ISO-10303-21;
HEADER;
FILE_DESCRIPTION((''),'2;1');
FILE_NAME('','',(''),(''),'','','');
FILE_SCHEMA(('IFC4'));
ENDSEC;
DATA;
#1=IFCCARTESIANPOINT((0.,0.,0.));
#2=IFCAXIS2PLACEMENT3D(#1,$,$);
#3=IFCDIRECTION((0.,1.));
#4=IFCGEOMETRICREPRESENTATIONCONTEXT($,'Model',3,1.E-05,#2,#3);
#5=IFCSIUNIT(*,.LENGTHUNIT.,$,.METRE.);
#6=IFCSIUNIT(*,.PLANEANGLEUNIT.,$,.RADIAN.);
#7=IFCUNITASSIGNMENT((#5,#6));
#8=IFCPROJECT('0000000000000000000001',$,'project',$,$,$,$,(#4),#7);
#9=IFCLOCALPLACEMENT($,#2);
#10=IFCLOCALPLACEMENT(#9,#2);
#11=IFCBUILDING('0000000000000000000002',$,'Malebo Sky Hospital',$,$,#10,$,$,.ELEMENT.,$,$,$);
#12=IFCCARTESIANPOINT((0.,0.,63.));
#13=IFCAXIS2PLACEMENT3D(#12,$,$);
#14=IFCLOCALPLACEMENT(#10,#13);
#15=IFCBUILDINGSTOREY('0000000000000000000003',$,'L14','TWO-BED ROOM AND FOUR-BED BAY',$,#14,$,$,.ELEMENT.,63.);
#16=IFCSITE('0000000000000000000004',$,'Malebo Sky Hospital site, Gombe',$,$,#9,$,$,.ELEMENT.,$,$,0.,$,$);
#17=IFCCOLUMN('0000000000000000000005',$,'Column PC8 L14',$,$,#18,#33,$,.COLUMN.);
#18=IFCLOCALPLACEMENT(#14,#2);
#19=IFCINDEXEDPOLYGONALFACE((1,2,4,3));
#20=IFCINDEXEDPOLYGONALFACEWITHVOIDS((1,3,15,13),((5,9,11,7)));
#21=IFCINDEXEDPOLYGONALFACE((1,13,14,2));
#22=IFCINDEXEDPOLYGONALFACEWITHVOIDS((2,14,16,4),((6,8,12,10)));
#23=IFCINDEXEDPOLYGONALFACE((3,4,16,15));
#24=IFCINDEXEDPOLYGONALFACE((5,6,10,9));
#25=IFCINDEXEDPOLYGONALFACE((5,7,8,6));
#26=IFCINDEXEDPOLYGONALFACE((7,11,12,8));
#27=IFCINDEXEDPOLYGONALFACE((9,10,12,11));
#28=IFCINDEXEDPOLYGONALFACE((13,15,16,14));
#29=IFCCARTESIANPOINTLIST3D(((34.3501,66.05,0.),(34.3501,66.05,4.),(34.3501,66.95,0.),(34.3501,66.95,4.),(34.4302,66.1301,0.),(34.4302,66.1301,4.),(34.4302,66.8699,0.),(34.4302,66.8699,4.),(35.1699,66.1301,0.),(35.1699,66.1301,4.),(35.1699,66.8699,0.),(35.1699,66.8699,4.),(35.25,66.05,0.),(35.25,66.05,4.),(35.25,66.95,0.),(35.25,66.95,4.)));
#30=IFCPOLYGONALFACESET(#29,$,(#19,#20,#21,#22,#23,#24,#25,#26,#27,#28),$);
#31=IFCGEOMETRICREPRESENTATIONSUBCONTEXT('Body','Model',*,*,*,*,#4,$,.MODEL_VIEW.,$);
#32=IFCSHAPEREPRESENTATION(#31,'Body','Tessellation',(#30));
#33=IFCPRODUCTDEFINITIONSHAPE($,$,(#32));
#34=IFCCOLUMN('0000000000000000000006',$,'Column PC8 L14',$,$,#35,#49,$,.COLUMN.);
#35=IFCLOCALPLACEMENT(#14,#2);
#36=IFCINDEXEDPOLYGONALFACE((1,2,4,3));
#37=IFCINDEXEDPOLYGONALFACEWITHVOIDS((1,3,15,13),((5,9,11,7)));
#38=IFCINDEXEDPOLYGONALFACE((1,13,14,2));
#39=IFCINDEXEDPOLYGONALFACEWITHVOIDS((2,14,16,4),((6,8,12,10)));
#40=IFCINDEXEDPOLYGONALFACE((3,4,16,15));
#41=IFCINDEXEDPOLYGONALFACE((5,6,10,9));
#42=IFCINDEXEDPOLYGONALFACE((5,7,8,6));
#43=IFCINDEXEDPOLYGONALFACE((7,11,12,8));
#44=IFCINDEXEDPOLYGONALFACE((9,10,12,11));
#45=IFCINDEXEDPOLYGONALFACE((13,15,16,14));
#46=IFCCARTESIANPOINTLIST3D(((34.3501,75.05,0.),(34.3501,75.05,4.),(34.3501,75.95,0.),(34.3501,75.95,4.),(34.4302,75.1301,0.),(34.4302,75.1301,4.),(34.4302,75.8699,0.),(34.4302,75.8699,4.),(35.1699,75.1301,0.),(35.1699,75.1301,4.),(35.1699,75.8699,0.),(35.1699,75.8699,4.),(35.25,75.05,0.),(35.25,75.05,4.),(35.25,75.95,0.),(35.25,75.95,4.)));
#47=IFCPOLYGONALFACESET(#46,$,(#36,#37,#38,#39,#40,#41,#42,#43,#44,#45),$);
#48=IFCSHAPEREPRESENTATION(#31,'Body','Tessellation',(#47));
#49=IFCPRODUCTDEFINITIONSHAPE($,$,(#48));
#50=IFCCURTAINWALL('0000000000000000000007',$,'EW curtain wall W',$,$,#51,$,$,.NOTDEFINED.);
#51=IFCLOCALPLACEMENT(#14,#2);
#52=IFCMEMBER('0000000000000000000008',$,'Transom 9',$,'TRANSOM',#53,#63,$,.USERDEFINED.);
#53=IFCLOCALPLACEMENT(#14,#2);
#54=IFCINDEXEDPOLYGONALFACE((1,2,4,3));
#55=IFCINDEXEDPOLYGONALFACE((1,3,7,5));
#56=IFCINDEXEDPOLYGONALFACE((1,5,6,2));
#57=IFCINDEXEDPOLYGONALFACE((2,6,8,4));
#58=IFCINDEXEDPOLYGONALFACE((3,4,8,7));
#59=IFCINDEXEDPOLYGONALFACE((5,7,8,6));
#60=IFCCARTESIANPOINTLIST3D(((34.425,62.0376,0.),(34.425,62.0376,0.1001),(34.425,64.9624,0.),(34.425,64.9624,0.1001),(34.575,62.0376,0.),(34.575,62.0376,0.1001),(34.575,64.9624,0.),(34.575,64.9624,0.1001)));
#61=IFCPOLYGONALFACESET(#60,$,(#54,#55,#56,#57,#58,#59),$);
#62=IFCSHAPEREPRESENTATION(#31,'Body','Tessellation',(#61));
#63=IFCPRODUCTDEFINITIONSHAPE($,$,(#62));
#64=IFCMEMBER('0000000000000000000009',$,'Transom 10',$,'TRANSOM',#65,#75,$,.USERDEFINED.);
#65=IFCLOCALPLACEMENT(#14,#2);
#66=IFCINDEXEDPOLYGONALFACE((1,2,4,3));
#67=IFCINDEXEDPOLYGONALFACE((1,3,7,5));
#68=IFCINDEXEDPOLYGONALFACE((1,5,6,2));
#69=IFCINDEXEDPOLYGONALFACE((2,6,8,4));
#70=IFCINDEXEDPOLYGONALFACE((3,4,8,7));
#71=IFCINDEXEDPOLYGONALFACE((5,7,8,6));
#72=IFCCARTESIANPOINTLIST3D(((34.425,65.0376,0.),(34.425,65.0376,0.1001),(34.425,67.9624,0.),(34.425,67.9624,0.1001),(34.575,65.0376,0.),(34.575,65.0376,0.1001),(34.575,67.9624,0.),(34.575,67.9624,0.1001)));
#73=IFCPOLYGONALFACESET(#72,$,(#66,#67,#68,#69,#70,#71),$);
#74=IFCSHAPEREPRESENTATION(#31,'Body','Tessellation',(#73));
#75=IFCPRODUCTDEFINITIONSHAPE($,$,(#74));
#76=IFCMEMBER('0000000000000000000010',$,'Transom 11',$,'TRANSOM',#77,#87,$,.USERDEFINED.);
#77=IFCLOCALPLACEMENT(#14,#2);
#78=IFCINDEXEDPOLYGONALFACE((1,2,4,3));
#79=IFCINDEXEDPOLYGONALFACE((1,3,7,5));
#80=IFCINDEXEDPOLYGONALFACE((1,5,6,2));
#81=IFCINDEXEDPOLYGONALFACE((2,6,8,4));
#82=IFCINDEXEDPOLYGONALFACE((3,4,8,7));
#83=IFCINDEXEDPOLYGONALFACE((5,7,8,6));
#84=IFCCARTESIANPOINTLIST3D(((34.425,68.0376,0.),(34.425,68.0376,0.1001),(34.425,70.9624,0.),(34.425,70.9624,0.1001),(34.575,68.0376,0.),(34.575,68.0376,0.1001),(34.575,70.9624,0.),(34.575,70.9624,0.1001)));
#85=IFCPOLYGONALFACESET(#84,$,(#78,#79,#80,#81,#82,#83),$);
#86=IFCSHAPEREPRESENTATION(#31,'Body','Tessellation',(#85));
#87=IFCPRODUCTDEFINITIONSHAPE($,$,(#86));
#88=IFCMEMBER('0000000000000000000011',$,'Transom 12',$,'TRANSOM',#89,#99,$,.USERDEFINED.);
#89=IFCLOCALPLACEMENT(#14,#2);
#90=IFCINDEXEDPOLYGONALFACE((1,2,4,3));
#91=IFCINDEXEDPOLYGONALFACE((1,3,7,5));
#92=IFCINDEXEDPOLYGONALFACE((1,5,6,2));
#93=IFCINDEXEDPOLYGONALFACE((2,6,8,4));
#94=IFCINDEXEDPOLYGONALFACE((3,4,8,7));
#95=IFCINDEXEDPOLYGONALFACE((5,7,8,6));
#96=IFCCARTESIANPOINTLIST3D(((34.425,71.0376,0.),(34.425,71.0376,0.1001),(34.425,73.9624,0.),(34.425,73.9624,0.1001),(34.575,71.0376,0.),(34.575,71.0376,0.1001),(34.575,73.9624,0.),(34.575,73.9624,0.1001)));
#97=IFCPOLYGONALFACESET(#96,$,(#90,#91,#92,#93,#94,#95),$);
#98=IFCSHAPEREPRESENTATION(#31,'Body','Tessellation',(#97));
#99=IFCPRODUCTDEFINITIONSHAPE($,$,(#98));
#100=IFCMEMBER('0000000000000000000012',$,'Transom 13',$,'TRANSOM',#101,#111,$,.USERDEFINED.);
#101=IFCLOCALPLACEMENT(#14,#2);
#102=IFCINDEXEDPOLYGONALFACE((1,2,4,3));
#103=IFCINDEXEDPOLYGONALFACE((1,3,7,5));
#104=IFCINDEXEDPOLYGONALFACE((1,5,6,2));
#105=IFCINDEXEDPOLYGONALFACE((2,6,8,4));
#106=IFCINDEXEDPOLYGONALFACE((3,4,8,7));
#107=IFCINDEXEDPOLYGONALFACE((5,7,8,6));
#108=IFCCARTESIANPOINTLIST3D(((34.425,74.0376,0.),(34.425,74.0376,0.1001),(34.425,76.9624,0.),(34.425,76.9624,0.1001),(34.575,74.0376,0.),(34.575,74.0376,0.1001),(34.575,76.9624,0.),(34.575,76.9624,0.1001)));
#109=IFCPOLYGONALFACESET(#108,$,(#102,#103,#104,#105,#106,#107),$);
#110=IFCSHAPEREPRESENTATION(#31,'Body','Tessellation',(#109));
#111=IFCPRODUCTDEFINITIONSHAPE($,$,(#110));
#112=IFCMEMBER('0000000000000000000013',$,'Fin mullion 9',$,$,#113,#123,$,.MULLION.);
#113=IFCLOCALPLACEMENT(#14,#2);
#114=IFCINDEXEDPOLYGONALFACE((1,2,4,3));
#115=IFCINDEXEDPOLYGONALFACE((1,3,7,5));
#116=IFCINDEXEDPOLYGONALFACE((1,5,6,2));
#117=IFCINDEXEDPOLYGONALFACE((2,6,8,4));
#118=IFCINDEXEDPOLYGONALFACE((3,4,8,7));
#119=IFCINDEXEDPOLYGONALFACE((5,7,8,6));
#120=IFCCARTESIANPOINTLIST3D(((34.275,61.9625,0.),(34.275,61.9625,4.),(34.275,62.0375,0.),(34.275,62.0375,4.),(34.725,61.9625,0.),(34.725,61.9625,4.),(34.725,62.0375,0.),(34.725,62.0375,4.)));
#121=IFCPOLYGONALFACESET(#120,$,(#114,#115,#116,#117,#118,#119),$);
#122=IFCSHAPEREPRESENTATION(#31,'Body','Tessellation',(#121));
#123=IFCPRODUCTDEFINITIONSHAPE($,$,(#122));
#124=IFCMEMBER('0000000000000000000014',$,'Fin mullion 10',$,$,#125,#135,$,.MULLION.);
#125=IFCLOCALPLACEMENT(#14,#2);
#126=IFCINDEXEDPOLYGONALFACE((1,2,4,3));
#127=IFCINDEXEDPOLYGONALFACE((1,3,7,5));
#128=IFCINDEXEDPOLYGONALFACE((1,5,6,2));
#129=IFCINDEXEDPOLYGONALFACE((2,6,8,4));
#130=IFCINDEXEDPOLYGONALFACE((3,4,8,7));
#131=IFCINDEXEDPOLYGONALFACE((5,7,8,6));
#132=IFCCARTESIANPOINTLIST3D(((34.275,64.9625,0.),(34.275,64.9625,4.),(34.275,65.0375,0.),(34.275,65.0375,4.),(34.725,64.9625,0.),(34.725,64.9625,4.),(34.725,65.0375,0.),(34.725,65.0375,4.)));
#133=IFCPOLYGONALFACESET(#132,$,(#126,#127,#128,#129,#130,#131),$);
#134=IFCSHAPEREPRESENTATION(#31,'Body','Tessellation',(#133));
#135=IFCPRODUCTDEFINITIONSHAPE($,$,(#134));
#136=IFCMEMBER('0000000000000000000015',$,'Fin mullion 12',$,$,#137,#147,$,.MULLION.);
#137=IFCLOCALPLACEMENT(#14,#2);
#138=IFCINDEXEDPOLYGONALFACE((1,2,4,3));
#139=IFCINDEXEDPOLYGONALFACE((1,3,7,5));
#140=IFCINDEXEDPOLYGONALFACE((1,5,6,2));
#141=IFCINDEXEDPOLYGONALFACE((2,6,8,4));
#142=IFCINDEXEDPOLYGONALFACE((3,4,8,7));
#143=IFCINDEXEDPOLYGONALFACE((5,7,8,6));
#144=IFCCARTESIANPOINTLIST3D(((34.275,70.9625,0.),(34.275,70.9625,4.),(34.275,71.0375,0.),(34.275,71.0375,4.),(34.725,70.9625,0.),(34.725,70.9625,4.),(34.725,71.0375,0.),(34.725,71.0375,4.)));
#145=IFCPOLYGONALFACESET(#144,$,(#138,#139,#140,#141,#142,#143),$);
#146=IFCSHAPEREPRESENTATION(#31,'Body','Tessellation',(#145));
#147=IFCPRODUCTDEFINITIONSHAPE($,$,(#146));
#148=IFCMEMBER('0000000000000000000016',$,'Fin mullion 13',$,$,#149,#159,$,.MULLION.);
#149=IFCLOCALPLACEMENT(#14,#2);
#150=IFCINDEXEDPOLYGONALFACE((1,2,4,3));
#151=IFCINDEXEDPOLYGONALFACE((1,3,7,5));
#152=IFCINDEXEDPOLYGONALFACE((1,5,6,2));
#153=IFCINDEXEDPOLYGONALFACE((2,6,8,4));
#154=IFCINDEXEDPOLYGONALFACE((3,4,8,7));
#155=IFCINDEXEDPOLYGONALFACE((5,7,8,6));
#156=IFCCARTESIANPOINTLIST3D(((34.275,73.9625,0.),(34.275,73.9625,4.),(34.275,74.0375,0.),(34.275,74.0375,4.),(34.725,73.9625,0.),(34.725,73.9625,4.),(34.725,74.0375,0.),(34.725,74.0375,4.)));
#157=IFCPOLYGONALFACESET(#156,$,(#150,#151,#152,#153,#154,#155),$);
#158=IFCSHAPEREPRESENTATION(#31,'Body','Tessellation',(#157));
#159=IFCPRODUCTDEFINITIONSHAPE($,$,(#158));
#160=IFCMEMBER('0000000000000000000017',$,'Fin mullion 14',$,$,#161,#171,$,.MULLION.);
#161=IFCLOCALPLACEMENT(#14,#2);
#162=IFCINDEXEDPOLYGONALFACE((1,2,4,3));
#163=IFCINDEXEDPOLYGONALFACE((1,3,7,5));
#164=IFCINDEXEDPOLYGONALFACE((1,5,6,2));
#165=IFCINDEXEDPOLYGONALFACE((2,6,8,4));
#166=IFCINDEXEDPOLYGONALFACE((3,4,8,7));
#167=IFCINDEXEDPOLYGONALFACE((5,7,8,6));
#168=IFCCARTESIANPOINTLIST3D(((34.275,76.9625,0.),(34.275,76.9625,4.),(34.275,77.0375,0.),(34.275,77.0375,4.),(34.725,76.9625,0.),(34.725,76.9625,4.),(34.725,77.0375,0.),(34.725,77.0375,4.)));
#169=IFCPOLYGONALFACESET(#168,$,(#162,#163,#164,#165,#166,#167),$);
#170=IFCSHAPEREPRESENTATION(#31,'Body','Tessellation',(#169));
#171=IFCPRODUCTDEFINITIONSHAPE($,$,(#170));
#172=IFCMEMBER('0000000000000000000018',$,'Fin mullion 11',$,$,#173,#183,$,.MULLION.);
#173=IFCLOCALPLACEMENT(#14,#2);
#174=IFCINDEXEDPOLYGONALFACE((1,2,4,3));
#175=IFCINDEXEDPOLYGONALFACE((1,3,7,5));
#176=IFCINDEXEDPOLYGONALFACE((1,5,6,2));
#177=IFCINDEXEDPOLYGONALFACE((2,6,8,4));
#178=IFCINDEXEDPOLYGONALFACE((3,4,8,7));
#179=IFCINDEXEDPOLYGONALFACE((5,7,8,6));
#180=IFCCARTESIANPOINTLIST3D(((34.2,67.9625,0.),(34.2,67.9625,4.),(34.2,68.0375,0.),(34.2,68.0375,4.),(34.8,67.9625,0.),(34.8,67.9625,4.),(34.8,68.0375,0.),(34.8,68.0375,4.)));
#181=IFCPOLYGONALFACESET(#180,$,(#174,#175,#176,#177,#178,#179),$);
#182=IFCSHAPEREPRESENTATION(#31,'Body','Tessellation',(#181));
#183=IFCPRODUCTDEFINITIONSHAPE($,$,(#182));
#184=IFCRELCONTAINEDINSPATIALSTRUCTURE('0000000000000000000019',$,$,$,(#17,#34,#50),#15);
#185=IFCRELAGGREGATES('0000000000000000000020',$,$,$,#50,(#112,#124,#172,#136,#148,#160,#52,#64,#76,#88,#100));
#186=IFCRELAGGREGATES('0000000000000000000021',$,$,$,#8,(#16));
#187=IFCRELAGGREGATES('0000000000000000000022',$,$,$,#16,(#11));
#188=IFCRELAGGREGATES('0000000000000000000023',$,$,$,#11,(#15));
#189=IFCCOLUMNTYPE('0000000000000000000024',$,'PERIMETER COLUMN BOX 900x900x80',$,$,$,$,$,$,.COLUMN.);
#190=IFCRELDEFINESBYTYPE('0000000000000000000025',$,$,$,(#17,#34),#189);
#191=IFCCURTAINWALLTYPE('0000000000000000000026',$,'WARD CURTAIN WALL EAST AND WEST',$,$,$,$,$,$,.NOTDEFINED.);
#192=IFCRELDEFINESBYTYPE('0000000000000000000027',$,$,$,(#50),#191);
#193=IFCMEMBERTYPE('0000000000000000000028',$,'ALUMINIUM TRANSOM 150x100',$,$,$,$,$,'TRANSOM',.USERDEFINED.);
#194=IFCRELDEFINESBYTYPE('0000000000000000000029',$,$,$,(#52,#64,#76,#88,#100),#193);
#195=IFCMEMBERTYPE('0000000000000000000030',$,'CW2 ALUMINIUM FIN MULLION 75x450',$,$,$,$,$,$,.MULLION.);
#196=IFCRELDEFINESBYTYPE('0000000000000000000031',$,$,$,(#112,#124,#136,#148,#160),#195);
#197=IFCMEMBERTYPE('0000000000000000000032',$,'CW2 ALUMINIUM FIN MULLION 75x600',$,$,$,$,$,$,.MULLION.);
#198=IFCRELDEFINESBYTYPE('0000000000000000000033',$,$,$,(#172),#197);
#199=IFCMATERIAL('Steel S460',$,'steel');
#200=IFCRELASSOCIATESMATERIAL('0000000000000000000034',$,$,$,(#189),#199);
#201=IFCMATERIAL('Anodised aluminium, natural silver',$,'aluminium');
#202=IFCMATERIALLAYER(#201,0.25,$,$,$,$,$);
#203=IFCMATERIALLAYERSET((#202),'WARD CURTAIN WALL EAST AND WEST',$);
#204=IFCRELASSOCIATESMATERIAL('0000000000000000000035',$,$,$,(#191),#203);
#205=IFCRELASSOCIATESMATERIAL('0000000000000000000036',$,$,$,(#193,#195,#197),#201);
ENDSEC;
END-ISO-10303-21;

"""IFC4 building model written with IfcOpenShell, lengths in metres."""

from ifc_helpers import new_model, si_unit, direction, frame, origin, origin_2d, place, context, subcontext, project, spatial, rectangle, hollow_rectangle, extrude, material, layer, layer_set, material_profile, profile_set, type_object, element, aggregate, save


model = new_model("IFC4")

# Units and contexts
model_context = context("Model", 3, precision=1e-05, world=origin(), true_north=direction((0.0, 1.0)))
body_context = subcontext(model_context, "Body", "Model", "MODEL_VIEW")
ifc_project = project(units=[si_unit("LENGTHUNIT", "METRE"), si_unit("PLANEANGLEUNIT", "RADIAN")], contexts=[model_context])

# Site, building, storey
site_placement = place(None, origin())
site = spatial("IfcSite", under=ifc_project, at=site_placement, Name="Malebo Sky Hospital site, Gombe", CompositionType="ELEMENT", RefElevation=0.0)
building_placement = place(site_placement, origin())
building = spatial("IfcBuilding", under=site, at=building_placement, Name="Malebo Sky Hospital", CompositionType="ELEMENT")
storey_placement = place(building_placement, frame((0.0, 0.0, 63.0)))
storey = spatial("IfcBuildingStorey", under=building, at=storey_placement, Name="L14", Description="TWO-BED ROOM AND FOUR-BED BAY", CompositionType="ELEMENT", Elevation=63.0)

# Columns
ifc_material_1 = material(Name="Steel S460", Category="steel")
ifc_material_profile_1 = material_profile(ifc_material_1, hollow_rectangle(XDim=0.8999, YDim=0.8999, WallThickness=0.0801, at=origin_2d()), Name="BOX 900x900x80")
ifc_profile_set_1 = profile_set([ifc_material_profile_1], Name="Steel S460")
column_type = type_object("IfcColumnType", Name="PERIMETER COLUMN BOX 900x900x80", PredefinedType="COLUMN", material=ifc_profile_set_1)
for number, where, z_axis, x_axis, name in (
    (1, (34.8, 66.5, 0.0), (0.0, 0.0, 1.0), (1.0, 0.0, 0.0), "Column PC8 L14"),
    (2, (34.8, 75.5, 0.0), (0.0, 0.0, 1.0), (1.0, 0.0, 0.0), "Column PC8 L14"),
):
    element("IfcColumn", number, at=place(storey_placement, frame(where, z_axis=z_axis, x_axis=x_axis)), inside=storey, type_object=column_type, Name=name, PredefinedType="COLUMN", context=body_context, shape_type="SweptSolid", body=[
        extrude(hollow_rectangle(XDim=0.8999, YDim=0.8999, WallThickness=0.0801, at=origin_2d()), origin(), (0.0, 0.0, 1.0), 4.0),
    ])

# Curtain wall, members
ifc_material_2 = material(Name="Anodised aluminium, natural silver", Category="aluminium")
ifc_layer_1 = layer(ifc_material_2, 0.25)
ifc_layer_set_1 = layer_set([ifc_layer_1], Name="WARD CURTAIN WALL EAST AND WEST")
curtain_wall_type = type_object("IfcCurtainWallType", Name="WARD CURTAIN WALL EAST AND WEST", PredefinedType="NOTDEFINED", material=ifc_layer_set_1)
curtain_wall_placement = place(storey_placement, origin())
curtain_wall = element("IfcCurtainWall", 3, at=curtain_wall_placement, inside=storey, type_object=curtain_wall_type, Name="EW curtain wall W", PredefinedType="NOTDEFINED")
ifc_material_profile_2 = material_profile(ifc_material_2, rectangle(XDim=0.1499, YDim=0.1001, at=origin_2d()), Name="ALUMINIUM TRANSOM 150x100")
ifc_profile_set_2 = profile_set([ifc_material_profile_2], Name="Anodised aluminium, natural silver")
member_type_1 = type_object("IfcMemberType", Name="ALUMINIUM TRANSOM 150x100", ElementType="TRANSOM", PredefinedType="USERDEFINED", material=ifc_profile_set_2)
member_1_placement = place(storey_placement, frame((34.5, 62.0376, 0.05), z_axis=(0.0, 1.0, 0.0), x_axis=(-1.0, 0.0, 0.0)))
member_1 = element("IfcMember", 4, at=member_1_placement, type_object=member_type_1, Name="Transom 9", ObjectType="TRANSOM", PredefinedType="USERDEFINED", context=body_context, shape_type="SweptSolid", body=[
    extrude(rectangle(XDim=0.1499, YDim=0.1001, at=origin_2d()), origin(), (0.0, 0.0, 1.0), 2.9248),
])
member_2_placement = place(storey_placement, frame((34.5, 65.0376, 0.05), z_axis=(0.0, 1.0, 0.0), x_axis=(-1.0, 0.0, 0.0)))
member_2 = element("IfcMember", 5, at=member_2_placement, type_object=member_type_1, Name="Transom 10", ObjectType="TRANSOM", PredefinedType="USERDEFINED", context=body_context, shape_type="SweptSolid", body=[
    extrude(rectangle(XDim=0.1499, YDim=0.1001, at=origin_2d()), origin(), (0.0, 0.0, 1.0), 2.9248),
])
member_3_placement = place(storey_placement, frame((34.5, 68.0376, 0.05), z_axis=(0.0, 1.0, 0.0), x_axis=(-1.0, 0.0, 0.0)))
member_3 = element("IfcMember", 6, at=member_3_placement, type_object=member_type_1, Name="Transom 11", ObjectType="TRANSOM", PredefinedType="USERDEFINED", context=body_context, shape_type="SweptSolid", body=[
    extrude(rectangle(XDim=0.1499, YDim=0.1001, at=origin_2d()), origin(), (0.0, 0.0, 1.0), 2.9248),
])
member_4_placement = place(storey_placement, frame((34.5, 71.0376, 0.05), z_axis=(0.0, 1.0, 0.0), x_axis=(-1.0, 0.0, 0.0)))
member_4 = element("IfcMember", 7, at=member_4_placement, type_object=member_type_1, Name="Transom 12", ObjectType="TRANSOM", PredefinedType="USERDEFINED", context=body_context, shape_type="SweptSolid", body=[
    extrude(rectangle(XDim=0.1499, YDim=0.1001, at=origin_2d()), origin(), (0.0, 0.0, 1.0), 2.9248),
])
member_5_placement = place(storey_placement, frame((34.5, 74.0376, 0.05), z_axis=(0.0, 1.0, 0.0), x_axis=(-1.0, 0.0, 0.0)))
member_5 = element("IfcMember", 8, at=member_5_placement, type_object=member_type_1, Name="Transom 13", ObjectType="TRANSOM", PredefinedType="USERDEFINED", context=body_context, shape_type="SweptSolid", body=[
    extrude(rectangle(XDim=0.1499, YDim=0.1001, at=origin_2d()), origin(), (0.0, 0.0, 1.0), 2.9248),
])
ifc_material_profile_3 = material_profile(ifc_material_2, rectangle(XDim=0.075, YDim=0.45, at=origin_2d()), Name="CW2 ALUMINIUM FIN MULLION 75x450")
ifc_profile_set_3 = profile_set([ifc_material_profile_3], Name="Anodised aluminium, natural silver")
member_type_2 = type_object("IfcMemberType", Name="CW2 ALUMINIUM FIN MULLION 75x450", PredefinedType="MULLION", material=ifc_profile_set_3)
member_6_placement = place(storey_placement, frame((34.5, 62.0, 0.0), z_axis=(0.0, 0.0, 1.0), x_axis=(0.0, 1.0, 0.0)))
member_6 = element("IfcMember", 9, at=member_6_placement, type_object=member_type_2, Name="Fin mullion 9", PredefinedType="MULLION", context=body_context, shape_type="SweptSolid", body=[
    extrude(rectangle(XDim=0.075, YDim=0.45, at=origin_2d()), origin(), (0.0, 0.0, 1.0), 4.0),
])
member_7_placement = place(storey_placement, frame((34.5, 65.0, 0.0), z_axis=(0.0, 0.0, 1.0), x_axis=(0.0, 1.0, 0.0)))
member_7 = element("IfcMember", 10, at=member_7_placement, type_object=member_type_2, Name="Fin mullion 10", PredefinedType="MULLION", context=body_context, shape_type="SweptSolid", body=[
    extrude(rectangle(XDim=0.075, YDim=0.45, at=origin_2d()), origin(), (0.0, 0.0, 1.0), 4.0),
])
member_8_placement = place(storey_placement, frame((34.5, 71.0, 0.0), z_axis=(0.0, 0.0, 1.0), x_axis=(0.0, 1.0, 0.0)))
member_8 = element("IfcMember", 11, at=member_8_placement, type_object=member_type_2, Name="Fin mullion 12", PredefinedType="MULLION", context=body_context, shape_type="SweptSolid", body=[
    extrude(rectangle(XDim=0.075, YDim=0.45, at=origin_2d()), origin(), (0.0, 0.0, 1.0), 4.0),
])
member_9_placement = place(storey_placement, frame((34.5, 74.0, 0.0), z_axis=(0.0, 0.0, 1.0), x_axis=(0.0, 1.0, 0.0)))
member_9 = element("IfcMember", 12, at=member_9_placement, type_object=member_type_2, Name="Fin mullion 13", PredefinedType="MULLION", context=body_context, shape_type="SweptSolid", body=[
    extrude(rectangle(XDim=0.075, YDim=0.45, at=origin_2d()), origin(), (0.0, 0.0, 1.0), 4.0),
])
member_10_placement = place(storey_placement, frame((34.5, 77.0, 0.0), z_axis=(0.0, 0.0, 1.0), x_axis=(0.0, 1.0, 0.0)))
member_10 = element("IfcMember", 13, at=member_10_placement, type_object=member_type_2, Name="Fin mullion 14", PredefinedType="MULLION", context=body_context, shape_type="SweptSolid", body=[
    extrude(rectangle(XDim=0.075, YDim=0.45, at=origin_2d()), origin(), (0.0, 0.0, 1.0), 4.0),
])
ifc_material_profile_4 = material_profile(ifc_material_2, rectangle(XDim=0.075, YDim=0.6001, at=origin_2d()), Name="CW2 ALUMINIUM FIN MULLION 75x600")
ifc_profile_set_4 = profile_set([ifc_material_profile_4], Name="Anodised aluminium, natural silver")
member_type_3 = type_object("IfcMemberType", Name="CW2 ALUMINIUM FIN MULLION 75x600", PredefinedType="MULLION", material=ifc_profile_set_4)
member_11_placement = place(storey_placement, frame((34.5, 68.0, 0.0), z_axis=(0.0, 0.0, 1.0), x_axis=(0.0, 1.0, 0.0)))
member_11 = element("IfcMember", 14, at=member_11_placement, type_object=member_type_3, Name="Fin mullion 11", PredefinedType="MULLION", context=body_context, shape_type="SweptSolid", body=[
    extrude(rectangle(XDim=0.075, YDim=0.6001, at=origin_2d()), origin(), (0.0, 0.0, 1.0), 4.0),
])

aggregate(curtain_wall, [member_6, member_7, member_11, member_8, member_9, member_10, member_1, member_2, member_3, member_4, member_5])

save(model, "model.ifc")
